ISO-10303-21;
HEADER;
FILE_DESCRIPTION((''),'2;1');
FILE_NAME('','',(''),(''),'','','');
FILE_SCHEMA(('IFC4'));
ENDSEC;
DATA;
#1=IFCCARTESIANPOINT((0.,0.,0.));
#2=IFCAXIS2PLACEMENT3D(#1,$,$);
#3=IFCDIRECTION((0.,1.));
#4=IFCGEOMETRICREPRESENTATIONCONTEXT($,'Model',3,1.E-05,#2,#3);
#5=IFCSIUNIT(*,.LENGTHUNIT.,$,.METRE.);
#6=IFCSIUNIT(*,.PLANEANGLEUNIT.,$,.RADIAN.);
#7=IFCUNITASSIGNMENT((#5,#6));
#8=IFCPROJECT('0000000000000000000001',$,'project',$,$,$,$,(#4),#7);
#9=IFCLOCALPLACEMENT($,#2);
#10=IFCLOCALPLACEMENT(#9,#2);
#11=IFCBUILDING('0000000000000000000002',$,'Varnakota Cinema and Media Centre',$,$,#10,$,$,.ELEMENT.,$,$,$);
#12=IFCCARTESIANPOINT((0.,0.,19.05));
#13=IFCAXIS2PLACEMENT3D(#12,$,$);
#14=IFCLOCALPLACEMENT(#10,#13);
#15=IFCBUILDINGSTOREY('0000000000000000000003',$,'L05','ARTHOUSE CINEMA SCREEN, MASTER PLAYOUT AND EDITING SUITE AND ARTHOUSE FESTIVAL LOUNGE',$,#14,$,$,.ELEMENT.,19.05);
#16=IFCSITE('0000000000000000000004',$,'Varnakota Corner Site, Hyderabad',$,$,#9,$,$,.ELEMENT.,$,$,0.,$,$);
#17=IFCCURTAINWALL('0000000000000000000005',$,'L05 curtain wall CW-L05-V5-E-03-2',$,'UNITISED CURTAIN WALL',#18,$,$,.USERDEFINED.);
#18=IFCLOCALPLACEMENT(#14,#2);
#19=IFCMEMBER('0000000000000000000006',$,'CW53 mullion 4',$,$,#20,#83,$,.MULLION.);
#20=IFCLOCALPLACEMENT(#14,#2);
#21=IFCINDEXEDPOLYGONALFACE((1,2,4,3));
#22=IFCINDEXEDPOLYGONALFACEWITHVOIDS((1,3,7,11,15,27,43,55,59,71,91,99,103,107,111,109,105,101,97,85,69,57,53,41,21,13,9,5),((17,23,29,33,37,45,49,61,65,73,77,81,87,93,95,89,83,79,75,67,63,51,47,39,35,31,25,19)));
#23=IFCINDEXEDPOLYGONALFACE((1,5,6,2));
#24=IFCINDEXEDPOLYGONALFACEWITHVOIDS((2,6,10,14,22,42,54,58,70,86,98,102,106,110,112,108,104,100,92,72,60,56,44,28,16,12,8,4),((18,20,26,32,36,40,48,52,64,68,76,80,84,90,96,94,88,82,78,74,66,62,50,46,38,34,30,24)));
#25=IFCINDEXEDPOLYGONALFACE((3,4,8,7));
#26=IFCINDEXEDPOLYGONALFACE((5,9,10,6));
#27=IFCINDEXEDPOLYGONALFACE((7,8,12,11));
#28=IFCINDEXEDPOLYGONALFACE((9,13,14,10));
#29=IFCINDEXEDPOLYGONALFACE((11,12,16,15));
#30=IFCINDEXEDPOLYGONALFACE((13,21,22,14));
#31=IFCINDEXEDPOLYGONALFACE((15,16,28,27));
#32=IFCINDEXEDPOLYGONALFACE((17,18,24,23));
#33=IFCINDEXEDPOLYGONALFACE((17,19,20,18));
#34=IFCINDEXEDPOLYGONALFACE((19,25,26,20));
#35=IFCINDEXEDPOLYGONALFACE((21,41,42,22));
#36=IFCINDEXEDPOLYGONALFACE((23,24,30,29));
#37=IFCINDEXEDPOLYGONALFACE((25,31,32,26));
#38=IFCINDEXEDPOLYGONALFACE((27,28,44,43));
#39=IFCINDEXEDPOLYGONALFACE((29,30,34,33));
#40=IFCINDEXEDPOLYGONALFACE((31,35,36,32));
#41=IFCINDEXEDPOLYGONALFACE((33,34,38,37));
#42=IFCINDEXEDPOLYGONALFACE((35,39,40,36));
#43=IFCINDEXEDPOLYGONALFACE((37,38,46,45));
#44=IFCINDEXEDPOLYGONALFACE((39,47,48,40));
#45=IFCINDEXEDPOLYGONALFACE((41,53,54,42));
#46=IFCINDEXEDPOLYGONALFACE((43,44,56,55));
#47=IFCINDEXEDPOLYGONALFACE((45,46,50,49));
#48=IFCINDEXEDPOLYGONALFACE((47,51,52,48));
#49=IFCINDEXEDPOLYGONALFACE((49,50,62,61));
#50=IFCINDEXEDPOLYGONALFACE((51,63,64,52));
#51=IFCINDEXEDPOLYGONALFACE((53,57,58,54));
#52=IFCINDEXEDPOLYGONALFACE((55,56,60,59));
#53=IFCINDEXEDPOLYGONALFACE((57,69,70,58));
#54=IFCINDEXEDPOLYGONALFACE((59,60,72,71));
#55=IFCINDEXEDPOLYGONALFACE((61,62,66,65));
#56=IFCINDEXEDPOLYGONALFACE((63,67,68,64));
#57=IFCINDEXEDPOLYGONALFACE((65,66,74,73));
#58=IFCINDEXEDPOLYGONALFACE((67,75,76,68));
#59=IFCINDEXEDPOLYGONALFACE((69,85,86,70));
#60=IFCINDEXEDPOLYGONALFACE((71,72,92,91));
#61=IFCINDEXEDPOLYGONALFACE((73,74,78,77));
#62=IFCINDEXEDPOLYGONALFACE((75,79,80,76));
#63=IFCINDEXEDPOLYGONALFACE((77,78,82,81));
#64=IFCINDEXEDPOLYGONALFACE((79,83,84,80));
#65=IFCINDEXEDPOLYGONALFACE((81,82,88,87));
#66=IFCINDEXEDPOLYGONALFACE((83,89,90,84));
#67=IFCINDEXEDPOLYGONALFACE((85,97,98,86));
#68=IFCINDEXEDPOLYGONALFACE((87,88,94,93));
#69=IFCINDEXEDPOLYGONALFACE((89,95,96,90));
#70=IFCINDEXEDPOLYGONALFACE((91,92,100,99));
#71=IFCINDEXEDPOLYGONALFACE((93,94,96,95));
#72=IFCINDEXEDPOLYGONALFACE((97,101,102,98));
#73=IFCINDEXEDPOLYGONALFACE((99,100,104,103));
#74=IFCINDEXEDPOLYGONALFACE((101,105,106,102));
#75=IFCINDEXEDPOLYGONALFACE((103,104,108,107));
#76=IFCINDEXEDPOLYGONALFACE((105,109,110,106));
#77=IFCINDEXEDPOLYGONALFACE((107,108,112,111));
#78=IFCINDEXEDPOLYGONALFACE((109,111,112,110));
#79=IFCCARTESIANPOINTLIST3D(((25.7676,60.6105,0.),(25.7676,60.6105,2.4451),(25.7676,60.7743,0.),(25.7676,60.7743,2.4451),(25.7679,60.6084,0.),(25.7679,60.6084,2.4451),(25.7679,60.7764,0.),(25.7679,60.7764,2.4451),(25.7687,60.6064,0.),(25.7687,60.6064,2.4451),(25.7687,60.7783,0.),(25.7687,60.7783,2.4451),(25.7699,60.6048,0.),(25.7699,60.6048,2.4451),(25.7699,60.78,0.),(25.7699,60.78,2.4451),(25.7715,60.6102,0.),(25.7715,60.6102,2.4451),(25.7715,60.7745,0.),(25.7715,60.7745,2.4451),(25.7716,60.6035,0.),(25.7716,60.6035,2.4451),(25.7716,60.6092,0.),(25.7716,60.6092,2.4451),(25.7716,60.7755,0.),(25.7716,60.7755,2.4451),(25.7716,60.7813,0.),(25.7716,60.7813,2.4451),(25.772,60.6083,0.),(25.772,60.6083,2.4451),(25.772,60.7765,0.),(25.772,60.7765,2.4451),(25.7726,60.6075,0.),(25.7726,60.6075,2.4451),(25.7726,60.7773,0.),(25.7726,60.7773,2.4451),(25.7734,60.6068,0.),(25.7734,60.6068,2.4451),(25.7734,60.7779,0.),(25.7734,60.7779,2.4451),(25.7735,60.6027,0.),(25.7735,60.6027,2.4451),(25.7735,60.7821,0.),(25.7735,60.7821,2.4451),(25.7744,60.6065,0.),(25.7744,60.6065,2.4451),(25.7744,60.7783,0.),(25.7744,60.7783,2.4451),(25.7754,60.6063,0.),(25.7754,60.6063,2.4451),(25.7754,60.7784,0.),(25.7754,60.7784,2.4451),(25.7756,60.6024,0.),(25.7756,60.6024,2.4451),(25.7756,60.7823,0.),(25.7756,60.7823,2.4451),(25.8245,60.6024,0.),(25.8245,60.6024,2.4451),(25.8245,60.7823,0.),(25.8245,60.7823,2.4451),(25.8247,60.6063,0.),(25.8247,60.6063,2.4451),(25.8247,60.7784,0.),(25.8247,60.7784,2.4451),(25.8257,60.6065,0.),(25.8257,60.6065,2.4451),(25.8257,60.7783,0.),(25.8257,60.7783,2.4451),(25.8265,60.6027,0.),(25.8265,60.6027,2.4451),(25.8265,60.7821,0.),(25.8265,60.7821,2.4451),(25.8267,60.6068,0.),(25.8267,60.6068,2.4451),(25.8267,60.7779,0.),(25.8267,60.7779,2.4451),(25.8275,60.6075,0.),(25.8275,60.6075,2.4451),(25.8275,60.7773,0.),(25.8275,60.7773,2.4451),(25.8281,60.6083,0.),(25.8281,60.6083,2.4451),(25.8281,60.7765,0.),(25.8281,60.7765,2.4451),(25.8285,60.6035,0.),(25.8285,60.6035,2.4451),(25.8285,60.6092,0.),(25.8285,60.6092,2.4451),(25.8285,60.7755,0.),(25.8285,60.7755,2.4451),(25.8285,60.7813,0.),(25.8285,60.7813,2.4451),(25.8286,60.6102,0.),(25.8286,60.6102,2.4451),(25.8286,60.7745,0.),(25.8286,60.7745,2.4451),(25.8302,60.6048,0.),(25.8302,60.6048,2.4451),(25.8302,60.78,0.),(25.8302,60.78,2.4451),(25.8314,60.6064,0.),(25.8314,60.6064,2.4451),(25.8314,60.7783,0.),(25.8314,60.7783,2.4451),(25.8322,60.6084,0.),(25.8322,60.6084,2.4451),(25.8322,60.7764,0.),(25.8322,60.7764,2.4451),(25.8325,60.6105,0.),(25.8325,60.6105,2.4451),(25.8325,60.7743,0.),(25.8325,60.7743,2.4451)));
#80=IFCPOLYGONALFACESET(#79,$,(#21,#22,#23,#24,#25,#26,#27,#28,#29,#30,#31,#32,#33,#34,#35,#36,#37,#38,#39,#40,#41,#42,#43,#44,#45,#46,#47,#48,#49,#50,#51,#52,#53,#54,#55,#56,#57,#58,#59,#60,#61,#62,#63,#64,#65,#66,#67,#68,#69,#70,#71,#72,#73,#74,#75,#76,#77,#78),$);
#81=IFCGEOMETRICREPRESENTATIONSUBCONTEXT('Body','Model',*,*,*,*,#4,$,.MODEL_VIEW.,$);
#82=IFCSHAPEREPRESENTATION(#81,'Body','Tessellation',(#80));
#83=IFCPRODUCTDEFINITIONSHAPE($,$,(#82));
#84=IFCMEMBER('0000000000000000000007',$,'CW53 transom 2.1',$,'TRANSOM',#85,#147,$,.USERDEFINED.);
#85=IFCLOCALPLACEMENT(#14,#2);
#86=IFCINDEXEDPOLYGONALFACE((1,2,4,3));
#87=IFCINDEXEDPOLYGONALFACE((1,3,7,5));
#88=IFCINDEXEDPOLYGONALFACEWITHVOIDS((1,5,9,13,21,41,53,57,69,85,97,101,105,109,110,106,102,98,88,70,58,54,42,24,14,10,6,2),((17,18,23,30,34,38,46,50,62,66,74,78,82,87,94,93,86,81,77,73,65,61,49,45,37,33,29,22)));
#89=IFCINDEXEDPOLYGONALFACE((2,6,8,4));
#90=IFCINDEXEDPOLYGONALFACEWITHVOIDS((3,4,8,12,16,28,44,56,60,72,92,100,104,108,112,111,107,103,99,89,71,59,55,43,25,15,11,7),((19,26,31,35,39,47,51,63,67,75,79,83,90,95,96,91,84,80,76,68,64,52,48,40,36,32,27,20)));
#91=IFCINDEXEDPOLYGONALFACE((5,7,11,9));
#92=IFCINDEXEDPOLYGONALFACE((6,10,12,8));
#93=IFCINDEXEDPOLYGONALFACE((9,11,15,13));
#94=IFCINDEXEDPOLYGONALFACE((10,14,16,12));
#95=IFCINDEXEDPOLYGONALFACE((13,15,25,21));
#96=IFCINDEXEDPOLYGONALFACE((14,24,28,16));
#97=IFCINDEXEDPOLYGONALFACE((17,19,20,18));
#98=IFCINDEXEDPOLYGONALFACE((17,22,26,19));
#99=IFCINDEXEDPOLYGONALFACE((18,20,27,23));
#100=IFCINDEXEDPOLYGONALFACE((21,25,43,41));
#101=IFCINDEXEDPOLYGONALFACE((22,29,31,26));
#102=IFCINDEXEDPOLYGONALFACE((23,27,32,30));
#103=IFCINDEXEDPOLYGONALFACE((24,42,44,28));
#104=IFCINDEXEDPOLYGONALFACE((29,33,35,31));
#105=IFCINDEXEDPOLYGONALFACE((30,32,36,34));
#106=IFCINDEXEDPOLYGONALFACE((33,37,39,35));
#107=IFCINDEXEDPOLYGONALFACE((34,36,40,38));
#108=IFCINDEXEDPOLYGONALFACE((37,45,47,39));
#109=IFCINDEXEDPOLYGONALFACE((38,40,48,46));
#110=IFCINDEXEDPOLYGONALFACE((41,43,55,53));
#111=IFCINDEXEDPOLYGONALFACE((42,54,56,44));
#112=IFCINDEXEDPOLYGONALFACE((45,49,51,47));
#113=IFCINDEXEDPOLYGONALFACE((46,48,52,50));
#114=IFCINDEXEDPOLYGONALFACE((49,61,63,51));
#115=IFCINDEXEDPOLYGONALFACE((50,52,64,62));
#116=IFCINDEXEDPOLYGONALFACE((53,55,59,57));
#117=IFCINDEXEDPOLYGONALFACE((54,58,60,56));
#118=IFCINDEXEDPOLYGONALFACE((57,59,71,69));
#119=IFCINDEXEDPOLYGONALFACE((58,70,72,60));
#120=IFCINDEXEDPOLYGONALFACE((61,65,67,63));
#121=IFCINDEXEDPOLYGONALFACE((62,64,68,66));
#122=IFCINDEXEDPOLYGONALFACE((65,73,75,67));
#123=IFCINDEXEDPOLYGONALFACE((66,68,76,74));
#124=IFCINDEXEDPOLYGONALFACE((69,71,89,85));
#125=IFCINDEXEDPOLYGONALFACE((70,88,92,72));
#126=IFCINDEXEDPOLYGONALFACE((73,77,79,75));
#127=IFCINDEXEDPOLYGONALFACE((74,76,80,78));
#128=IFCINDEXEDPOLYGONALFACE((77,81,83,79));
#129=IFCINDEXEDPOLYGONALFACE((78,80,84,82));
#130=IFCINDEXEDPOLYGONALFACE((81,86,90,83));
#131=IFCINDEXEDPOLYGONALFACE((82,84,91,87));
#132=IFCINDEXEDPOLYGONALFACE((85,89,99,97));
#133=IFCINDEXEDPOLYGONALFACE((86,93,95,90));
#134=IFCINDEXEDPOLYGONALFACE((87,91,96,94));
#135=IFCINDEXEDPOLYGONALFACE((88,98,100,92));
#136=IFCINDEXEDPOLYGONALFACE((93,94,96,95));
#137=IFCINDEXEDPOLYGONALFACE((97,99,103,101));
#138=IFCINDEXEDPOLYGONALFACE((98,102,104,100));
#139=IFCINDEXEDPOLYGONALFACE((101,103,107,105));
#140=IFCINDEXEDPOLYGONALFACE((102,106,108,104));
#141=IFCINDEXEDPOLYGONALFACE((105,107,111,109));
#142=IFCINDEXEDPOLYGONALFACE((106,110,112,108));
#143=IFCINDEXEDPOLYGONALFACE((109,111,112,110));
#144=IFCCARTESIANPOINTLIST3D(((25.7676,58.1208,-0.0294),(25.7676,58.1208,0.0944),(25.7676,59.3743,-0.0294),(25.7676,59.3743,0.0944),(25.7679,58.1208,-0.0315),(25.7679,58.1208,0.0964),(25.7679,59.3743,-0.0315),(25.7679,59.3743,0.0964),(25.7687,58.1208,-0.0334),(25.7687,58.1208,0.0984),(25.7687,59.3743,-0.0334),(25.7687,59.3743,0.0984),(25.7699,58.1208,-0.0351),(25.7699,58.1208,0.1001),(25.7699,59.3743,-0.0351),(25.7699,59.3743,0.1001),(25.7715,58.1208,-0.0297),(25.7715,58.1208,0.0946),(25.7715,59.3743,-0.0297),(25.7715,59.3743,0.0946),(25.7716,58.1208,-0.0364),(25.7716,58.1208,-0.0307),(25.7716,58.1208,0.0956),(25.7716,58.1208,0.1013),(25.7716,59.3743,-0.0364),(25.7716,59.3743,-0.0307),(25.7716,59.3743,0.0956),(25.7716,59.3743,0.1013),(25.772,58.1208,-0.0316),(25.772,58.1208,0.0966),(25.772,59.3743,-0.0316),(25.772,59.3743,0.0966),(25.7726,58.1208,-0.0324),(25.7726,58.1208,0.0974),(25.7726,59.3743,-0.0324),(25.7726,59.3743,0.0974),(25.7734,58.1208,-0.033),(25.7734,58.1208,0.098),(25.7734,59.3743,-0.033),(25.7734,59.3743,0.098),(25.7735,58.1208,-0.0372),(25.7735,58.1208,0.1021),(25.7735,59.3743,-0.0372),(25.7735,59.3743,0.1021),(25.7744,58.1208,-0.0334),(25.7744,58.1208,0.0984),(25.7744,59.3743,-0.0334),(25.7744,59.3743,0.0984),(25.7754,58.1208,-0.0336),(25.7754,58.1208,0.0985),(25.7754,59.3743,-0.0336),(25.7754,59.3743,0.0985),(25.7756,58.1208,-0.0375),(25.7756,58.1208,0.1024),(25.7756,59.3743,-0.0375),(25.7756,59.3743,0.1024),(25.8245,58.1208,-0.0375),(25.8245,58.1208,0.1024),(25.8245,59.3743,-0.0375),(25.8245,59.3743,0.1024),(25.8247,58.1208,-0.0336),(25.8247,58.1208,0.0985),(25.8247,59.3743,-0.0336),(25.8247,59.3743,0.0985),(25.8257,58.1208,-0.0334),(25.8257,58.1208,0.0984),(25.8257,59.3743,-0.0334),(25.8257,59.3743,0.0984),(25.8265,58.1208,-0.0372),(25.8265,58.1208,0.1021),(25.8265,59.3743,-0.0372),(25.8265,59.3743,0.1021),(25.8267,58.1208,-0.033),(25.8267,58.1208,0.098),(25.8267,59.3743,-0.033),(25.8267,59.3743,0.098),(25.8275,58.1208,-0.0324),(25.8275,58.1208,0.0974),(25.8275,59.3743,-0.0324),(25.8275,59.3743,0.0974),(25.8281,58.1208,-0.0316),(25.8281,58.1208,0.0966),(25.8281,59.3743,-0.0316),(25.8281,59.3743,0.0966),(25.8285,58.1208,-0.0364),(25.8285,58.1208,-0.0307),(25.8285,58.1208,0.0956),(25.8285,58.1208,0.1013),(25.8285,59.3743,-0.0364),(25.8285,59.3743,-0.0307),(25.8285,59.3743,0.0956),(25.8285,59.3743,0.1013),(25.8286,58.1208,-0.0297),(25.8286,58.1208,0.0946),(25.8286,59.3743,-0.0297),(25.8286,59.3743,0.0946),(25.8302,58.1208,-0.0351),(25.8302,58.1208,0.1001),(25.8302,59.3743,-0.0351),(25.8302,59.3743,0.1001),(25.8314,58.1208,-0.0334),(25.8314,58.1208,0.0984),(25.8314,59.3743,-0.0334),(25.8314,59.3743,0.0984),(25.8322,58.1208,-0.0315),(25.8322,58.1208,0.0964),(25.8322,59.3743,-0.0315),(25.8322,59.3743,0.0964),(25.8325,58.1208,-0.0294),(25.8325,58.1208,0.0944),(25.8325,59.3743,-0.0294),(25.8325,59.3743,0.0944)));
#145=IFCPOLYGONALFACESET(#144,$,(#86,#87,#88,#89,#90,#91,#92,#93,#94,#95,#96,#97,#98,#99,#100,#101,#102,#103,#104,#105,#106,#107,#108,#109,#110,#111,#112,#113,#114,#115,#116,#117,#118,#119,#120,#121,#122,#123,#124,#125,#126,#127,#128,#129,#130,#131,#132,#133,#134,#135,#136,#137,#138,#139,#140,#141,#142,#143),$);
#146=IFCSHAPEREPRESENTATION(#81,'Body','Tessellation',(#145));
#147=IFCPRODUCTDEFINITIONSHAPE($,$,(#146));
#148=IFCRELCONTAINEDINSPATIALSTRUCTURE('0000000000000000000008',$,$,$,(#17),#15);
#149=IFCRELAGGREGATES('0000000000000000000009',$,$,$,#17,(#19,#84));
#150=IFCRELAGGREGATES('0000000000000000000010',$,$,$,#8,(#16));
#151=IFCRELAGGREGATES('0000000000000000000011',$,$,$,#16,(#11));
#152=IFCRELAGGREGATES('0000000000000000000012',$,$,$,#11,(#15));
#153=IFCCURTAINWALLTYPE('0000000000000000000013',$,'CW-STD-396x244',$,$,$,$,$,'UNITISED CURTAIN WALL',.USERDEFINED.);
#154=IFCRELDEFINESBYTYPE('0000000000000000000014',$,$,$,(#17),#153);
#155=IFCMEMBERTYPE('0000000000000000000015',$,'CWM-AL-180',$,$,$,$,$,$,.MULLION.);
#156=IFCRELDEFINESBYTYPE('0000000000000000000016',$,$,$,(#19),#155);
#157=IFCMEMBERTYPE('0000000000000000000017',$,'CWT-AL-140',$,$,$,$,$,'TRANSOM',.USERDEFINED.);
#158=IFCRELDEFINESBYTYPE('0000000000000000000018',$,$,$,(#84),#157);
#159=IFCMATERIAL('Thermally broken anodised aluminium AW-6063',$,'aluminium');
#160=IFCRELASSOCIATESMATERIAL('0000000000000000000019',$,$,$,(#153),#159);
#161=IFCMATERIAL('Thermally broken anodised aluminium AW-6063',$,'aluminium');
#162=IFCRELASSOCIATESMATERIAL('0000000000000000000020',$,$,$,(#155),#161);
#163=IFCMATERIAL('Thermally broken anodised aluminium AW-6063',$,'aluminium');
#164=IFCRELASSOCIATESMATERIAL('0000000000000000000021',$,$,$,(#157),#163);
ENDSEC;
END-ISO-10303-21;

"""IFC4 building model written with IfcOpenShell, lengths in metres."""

from ifc_helpers import new_model, si_unit, direction, frame, origin, origin_2d, place, context, subcontext, project, spatial, hollow_rectangle, extrude, material, material_profile, profile_set, type_object, element, aggregate, save


model = new_model("IFC4")

# Units and contexts
model_context = context("Model", 3, precision=1e-05, world=origin(), true_north=direction((0.0, 1.0)))
body_context = subcontext(model_context, "Body", "Model", "MODEL_VIEW")
ifc_project = project(units=[si_unit("LENGTHUNIT", "METRE"), si_unit("PLANEANGLEUNIT", "RADIAN")], contexts=[model_context])

# Site, building, storey
site_placement = place(None, origin())
site = spatial("IfcSite", under=ifc_project, at=site_placement, Name="Varnakota Corner Site, Hyderabad", CompositionType="ELEMENT", RefElevation=0.0)
building_placement = place(site_placement, origin())
building = spatial("IfcBuilding", under=site, at=building_placement, Name="Varnakota Cinema and Media Centre", CompositionType="ELEMENT")
storey_placement = place(building_placement, frame((0.0, 0.0, 19.05)))
storey = spatial("IfcBuildingStorey", under=building, at=storey_placement, Name="L05", Description="ARTHOUSE CINEMA SCREEN, MASTER PLAYOUT AND EDITING SUITE AND ARTHOUSE FESTIVAL LOUNGE", CompositionType="ELEMENT", Elevation=19.05)

# Curtain wall, members
ifc_material_1 = material(Name="Thermally broken anodised aluminium AW-6063", Category="aluminium")
curtain_wall_type = type_object("IfcCurtainWallType", Name="CW-STD-396x244", ElementType="UNITISED CURTAIN WALL", PredefinedType="USERDEFINED", material=ifc_material_1)
curtain_wall_placement = place(storey_placement, origin())
curtain_wall = element("IfcCurtainWall", 1, at=curtain_wall_placement, inside=storey, type_object=curtain_wall_type, Name="L05 curtain wall CW-L05-V5-E-03-2", ObjectType="UNITISED CURTAIN WALL", PredefinedType="USERDEFINED")
ifc_material_2 = material(Name="Thermally broken anodised aluminium AW-6063", Category="aluminium")
ifc_material_profile_1 = material_profile(ifc_material_2, hollow_rectangle(XDim=0.0649, YDim=0.1799, WallThickness=0.0039, InnerFilletRadius=0.0039, OuterFilletRadius=0.0081, at=origin_2d()), Name="AL-MULLION 180x65x4")
ifc_profile_set_1 = profile_set([ifc_material_profile_1], Name="Thermally broken anodised aluminium AW-6063")
member_type_1 = type_object("IfcMemberType", Name="CWM-AL-180", PredefinedType="MULLION", material=ifc_profile_set_1)
member_1_placement = place(storey_placement, frame((25.8, 60.6924, 0.0), z_axis=(0.0, 0.0, 1.0), x_axis=(-1.0, 0.0, 0.0)))
member_1 = element("IfcMember", 2, at=member_1_placement, type_object=member_type_1, Name="CW53 mullion 4", PredefinedType="MULLION", context=body_context, shape_type="SweptSolid", body=[
    extrude(hollow_rectangle(XDim=0.0649, YDim=0.1799, WallThickness=0.0039, InnerFilletRadius=0.0039, OuterFilletRadius=0.0081, at=origin_2d()), origin(), (0.0, 0.0, 1.0), 2.4451),
])
ifc_material_3 = material(Name="Thermally broken anodised aluminium AW-6063", Category="aluminium")
ifc_material_profile_2 = material_profile(ifc_material_3, hollow_rectangle(XDim=0.0649, YDim=0.1399, WallThickness=0.0039, InnerFilletRadius=0.0039, OuterFilletRadius=0.0081, at=origin_2d()), Name="AL-TRANSOM 140x65x4")
ifc_profile_set_2 = profile_set([ifc_material_profile_2], Name="Thermally broken anodised aluminium AW-6063")
member_type_2 = type_object("IfcMemberType", Name="CWT-AL-140", ElementType="TRANSOM", PredefinedType="USERDEFINED", material=ifc_profile_set_2)
member_2_placement = place(storey_placement, frame((25.8, 58.1208, 0.0325), z_axis=(0.0, 1.0, 0.0), x_axis=(-1.0, 0.0, 0.0)))
member_2 = element("IfcMember", 3, at=member_2_placement, type_object=member_type_2, Name="CW53 transom 2.1", ObjectType="TRANSOM", PredefinedType="USERDEFINED", context=body_context, shape_type="SweptSolid", body=[
    extrude(hollow_rectangle(XDim=0.0649, YDim=0.1399, WallThickness=0.0039, InnerFilletRadius=0.0039, OuterFilletRadius=0.0081, at=origin_2d()), origin(), (0.0, 0.0, 1.0), 1.2534),
])
aggregate(curtain_wall, [member_1, member_2])

save(model, "model.ifc")
